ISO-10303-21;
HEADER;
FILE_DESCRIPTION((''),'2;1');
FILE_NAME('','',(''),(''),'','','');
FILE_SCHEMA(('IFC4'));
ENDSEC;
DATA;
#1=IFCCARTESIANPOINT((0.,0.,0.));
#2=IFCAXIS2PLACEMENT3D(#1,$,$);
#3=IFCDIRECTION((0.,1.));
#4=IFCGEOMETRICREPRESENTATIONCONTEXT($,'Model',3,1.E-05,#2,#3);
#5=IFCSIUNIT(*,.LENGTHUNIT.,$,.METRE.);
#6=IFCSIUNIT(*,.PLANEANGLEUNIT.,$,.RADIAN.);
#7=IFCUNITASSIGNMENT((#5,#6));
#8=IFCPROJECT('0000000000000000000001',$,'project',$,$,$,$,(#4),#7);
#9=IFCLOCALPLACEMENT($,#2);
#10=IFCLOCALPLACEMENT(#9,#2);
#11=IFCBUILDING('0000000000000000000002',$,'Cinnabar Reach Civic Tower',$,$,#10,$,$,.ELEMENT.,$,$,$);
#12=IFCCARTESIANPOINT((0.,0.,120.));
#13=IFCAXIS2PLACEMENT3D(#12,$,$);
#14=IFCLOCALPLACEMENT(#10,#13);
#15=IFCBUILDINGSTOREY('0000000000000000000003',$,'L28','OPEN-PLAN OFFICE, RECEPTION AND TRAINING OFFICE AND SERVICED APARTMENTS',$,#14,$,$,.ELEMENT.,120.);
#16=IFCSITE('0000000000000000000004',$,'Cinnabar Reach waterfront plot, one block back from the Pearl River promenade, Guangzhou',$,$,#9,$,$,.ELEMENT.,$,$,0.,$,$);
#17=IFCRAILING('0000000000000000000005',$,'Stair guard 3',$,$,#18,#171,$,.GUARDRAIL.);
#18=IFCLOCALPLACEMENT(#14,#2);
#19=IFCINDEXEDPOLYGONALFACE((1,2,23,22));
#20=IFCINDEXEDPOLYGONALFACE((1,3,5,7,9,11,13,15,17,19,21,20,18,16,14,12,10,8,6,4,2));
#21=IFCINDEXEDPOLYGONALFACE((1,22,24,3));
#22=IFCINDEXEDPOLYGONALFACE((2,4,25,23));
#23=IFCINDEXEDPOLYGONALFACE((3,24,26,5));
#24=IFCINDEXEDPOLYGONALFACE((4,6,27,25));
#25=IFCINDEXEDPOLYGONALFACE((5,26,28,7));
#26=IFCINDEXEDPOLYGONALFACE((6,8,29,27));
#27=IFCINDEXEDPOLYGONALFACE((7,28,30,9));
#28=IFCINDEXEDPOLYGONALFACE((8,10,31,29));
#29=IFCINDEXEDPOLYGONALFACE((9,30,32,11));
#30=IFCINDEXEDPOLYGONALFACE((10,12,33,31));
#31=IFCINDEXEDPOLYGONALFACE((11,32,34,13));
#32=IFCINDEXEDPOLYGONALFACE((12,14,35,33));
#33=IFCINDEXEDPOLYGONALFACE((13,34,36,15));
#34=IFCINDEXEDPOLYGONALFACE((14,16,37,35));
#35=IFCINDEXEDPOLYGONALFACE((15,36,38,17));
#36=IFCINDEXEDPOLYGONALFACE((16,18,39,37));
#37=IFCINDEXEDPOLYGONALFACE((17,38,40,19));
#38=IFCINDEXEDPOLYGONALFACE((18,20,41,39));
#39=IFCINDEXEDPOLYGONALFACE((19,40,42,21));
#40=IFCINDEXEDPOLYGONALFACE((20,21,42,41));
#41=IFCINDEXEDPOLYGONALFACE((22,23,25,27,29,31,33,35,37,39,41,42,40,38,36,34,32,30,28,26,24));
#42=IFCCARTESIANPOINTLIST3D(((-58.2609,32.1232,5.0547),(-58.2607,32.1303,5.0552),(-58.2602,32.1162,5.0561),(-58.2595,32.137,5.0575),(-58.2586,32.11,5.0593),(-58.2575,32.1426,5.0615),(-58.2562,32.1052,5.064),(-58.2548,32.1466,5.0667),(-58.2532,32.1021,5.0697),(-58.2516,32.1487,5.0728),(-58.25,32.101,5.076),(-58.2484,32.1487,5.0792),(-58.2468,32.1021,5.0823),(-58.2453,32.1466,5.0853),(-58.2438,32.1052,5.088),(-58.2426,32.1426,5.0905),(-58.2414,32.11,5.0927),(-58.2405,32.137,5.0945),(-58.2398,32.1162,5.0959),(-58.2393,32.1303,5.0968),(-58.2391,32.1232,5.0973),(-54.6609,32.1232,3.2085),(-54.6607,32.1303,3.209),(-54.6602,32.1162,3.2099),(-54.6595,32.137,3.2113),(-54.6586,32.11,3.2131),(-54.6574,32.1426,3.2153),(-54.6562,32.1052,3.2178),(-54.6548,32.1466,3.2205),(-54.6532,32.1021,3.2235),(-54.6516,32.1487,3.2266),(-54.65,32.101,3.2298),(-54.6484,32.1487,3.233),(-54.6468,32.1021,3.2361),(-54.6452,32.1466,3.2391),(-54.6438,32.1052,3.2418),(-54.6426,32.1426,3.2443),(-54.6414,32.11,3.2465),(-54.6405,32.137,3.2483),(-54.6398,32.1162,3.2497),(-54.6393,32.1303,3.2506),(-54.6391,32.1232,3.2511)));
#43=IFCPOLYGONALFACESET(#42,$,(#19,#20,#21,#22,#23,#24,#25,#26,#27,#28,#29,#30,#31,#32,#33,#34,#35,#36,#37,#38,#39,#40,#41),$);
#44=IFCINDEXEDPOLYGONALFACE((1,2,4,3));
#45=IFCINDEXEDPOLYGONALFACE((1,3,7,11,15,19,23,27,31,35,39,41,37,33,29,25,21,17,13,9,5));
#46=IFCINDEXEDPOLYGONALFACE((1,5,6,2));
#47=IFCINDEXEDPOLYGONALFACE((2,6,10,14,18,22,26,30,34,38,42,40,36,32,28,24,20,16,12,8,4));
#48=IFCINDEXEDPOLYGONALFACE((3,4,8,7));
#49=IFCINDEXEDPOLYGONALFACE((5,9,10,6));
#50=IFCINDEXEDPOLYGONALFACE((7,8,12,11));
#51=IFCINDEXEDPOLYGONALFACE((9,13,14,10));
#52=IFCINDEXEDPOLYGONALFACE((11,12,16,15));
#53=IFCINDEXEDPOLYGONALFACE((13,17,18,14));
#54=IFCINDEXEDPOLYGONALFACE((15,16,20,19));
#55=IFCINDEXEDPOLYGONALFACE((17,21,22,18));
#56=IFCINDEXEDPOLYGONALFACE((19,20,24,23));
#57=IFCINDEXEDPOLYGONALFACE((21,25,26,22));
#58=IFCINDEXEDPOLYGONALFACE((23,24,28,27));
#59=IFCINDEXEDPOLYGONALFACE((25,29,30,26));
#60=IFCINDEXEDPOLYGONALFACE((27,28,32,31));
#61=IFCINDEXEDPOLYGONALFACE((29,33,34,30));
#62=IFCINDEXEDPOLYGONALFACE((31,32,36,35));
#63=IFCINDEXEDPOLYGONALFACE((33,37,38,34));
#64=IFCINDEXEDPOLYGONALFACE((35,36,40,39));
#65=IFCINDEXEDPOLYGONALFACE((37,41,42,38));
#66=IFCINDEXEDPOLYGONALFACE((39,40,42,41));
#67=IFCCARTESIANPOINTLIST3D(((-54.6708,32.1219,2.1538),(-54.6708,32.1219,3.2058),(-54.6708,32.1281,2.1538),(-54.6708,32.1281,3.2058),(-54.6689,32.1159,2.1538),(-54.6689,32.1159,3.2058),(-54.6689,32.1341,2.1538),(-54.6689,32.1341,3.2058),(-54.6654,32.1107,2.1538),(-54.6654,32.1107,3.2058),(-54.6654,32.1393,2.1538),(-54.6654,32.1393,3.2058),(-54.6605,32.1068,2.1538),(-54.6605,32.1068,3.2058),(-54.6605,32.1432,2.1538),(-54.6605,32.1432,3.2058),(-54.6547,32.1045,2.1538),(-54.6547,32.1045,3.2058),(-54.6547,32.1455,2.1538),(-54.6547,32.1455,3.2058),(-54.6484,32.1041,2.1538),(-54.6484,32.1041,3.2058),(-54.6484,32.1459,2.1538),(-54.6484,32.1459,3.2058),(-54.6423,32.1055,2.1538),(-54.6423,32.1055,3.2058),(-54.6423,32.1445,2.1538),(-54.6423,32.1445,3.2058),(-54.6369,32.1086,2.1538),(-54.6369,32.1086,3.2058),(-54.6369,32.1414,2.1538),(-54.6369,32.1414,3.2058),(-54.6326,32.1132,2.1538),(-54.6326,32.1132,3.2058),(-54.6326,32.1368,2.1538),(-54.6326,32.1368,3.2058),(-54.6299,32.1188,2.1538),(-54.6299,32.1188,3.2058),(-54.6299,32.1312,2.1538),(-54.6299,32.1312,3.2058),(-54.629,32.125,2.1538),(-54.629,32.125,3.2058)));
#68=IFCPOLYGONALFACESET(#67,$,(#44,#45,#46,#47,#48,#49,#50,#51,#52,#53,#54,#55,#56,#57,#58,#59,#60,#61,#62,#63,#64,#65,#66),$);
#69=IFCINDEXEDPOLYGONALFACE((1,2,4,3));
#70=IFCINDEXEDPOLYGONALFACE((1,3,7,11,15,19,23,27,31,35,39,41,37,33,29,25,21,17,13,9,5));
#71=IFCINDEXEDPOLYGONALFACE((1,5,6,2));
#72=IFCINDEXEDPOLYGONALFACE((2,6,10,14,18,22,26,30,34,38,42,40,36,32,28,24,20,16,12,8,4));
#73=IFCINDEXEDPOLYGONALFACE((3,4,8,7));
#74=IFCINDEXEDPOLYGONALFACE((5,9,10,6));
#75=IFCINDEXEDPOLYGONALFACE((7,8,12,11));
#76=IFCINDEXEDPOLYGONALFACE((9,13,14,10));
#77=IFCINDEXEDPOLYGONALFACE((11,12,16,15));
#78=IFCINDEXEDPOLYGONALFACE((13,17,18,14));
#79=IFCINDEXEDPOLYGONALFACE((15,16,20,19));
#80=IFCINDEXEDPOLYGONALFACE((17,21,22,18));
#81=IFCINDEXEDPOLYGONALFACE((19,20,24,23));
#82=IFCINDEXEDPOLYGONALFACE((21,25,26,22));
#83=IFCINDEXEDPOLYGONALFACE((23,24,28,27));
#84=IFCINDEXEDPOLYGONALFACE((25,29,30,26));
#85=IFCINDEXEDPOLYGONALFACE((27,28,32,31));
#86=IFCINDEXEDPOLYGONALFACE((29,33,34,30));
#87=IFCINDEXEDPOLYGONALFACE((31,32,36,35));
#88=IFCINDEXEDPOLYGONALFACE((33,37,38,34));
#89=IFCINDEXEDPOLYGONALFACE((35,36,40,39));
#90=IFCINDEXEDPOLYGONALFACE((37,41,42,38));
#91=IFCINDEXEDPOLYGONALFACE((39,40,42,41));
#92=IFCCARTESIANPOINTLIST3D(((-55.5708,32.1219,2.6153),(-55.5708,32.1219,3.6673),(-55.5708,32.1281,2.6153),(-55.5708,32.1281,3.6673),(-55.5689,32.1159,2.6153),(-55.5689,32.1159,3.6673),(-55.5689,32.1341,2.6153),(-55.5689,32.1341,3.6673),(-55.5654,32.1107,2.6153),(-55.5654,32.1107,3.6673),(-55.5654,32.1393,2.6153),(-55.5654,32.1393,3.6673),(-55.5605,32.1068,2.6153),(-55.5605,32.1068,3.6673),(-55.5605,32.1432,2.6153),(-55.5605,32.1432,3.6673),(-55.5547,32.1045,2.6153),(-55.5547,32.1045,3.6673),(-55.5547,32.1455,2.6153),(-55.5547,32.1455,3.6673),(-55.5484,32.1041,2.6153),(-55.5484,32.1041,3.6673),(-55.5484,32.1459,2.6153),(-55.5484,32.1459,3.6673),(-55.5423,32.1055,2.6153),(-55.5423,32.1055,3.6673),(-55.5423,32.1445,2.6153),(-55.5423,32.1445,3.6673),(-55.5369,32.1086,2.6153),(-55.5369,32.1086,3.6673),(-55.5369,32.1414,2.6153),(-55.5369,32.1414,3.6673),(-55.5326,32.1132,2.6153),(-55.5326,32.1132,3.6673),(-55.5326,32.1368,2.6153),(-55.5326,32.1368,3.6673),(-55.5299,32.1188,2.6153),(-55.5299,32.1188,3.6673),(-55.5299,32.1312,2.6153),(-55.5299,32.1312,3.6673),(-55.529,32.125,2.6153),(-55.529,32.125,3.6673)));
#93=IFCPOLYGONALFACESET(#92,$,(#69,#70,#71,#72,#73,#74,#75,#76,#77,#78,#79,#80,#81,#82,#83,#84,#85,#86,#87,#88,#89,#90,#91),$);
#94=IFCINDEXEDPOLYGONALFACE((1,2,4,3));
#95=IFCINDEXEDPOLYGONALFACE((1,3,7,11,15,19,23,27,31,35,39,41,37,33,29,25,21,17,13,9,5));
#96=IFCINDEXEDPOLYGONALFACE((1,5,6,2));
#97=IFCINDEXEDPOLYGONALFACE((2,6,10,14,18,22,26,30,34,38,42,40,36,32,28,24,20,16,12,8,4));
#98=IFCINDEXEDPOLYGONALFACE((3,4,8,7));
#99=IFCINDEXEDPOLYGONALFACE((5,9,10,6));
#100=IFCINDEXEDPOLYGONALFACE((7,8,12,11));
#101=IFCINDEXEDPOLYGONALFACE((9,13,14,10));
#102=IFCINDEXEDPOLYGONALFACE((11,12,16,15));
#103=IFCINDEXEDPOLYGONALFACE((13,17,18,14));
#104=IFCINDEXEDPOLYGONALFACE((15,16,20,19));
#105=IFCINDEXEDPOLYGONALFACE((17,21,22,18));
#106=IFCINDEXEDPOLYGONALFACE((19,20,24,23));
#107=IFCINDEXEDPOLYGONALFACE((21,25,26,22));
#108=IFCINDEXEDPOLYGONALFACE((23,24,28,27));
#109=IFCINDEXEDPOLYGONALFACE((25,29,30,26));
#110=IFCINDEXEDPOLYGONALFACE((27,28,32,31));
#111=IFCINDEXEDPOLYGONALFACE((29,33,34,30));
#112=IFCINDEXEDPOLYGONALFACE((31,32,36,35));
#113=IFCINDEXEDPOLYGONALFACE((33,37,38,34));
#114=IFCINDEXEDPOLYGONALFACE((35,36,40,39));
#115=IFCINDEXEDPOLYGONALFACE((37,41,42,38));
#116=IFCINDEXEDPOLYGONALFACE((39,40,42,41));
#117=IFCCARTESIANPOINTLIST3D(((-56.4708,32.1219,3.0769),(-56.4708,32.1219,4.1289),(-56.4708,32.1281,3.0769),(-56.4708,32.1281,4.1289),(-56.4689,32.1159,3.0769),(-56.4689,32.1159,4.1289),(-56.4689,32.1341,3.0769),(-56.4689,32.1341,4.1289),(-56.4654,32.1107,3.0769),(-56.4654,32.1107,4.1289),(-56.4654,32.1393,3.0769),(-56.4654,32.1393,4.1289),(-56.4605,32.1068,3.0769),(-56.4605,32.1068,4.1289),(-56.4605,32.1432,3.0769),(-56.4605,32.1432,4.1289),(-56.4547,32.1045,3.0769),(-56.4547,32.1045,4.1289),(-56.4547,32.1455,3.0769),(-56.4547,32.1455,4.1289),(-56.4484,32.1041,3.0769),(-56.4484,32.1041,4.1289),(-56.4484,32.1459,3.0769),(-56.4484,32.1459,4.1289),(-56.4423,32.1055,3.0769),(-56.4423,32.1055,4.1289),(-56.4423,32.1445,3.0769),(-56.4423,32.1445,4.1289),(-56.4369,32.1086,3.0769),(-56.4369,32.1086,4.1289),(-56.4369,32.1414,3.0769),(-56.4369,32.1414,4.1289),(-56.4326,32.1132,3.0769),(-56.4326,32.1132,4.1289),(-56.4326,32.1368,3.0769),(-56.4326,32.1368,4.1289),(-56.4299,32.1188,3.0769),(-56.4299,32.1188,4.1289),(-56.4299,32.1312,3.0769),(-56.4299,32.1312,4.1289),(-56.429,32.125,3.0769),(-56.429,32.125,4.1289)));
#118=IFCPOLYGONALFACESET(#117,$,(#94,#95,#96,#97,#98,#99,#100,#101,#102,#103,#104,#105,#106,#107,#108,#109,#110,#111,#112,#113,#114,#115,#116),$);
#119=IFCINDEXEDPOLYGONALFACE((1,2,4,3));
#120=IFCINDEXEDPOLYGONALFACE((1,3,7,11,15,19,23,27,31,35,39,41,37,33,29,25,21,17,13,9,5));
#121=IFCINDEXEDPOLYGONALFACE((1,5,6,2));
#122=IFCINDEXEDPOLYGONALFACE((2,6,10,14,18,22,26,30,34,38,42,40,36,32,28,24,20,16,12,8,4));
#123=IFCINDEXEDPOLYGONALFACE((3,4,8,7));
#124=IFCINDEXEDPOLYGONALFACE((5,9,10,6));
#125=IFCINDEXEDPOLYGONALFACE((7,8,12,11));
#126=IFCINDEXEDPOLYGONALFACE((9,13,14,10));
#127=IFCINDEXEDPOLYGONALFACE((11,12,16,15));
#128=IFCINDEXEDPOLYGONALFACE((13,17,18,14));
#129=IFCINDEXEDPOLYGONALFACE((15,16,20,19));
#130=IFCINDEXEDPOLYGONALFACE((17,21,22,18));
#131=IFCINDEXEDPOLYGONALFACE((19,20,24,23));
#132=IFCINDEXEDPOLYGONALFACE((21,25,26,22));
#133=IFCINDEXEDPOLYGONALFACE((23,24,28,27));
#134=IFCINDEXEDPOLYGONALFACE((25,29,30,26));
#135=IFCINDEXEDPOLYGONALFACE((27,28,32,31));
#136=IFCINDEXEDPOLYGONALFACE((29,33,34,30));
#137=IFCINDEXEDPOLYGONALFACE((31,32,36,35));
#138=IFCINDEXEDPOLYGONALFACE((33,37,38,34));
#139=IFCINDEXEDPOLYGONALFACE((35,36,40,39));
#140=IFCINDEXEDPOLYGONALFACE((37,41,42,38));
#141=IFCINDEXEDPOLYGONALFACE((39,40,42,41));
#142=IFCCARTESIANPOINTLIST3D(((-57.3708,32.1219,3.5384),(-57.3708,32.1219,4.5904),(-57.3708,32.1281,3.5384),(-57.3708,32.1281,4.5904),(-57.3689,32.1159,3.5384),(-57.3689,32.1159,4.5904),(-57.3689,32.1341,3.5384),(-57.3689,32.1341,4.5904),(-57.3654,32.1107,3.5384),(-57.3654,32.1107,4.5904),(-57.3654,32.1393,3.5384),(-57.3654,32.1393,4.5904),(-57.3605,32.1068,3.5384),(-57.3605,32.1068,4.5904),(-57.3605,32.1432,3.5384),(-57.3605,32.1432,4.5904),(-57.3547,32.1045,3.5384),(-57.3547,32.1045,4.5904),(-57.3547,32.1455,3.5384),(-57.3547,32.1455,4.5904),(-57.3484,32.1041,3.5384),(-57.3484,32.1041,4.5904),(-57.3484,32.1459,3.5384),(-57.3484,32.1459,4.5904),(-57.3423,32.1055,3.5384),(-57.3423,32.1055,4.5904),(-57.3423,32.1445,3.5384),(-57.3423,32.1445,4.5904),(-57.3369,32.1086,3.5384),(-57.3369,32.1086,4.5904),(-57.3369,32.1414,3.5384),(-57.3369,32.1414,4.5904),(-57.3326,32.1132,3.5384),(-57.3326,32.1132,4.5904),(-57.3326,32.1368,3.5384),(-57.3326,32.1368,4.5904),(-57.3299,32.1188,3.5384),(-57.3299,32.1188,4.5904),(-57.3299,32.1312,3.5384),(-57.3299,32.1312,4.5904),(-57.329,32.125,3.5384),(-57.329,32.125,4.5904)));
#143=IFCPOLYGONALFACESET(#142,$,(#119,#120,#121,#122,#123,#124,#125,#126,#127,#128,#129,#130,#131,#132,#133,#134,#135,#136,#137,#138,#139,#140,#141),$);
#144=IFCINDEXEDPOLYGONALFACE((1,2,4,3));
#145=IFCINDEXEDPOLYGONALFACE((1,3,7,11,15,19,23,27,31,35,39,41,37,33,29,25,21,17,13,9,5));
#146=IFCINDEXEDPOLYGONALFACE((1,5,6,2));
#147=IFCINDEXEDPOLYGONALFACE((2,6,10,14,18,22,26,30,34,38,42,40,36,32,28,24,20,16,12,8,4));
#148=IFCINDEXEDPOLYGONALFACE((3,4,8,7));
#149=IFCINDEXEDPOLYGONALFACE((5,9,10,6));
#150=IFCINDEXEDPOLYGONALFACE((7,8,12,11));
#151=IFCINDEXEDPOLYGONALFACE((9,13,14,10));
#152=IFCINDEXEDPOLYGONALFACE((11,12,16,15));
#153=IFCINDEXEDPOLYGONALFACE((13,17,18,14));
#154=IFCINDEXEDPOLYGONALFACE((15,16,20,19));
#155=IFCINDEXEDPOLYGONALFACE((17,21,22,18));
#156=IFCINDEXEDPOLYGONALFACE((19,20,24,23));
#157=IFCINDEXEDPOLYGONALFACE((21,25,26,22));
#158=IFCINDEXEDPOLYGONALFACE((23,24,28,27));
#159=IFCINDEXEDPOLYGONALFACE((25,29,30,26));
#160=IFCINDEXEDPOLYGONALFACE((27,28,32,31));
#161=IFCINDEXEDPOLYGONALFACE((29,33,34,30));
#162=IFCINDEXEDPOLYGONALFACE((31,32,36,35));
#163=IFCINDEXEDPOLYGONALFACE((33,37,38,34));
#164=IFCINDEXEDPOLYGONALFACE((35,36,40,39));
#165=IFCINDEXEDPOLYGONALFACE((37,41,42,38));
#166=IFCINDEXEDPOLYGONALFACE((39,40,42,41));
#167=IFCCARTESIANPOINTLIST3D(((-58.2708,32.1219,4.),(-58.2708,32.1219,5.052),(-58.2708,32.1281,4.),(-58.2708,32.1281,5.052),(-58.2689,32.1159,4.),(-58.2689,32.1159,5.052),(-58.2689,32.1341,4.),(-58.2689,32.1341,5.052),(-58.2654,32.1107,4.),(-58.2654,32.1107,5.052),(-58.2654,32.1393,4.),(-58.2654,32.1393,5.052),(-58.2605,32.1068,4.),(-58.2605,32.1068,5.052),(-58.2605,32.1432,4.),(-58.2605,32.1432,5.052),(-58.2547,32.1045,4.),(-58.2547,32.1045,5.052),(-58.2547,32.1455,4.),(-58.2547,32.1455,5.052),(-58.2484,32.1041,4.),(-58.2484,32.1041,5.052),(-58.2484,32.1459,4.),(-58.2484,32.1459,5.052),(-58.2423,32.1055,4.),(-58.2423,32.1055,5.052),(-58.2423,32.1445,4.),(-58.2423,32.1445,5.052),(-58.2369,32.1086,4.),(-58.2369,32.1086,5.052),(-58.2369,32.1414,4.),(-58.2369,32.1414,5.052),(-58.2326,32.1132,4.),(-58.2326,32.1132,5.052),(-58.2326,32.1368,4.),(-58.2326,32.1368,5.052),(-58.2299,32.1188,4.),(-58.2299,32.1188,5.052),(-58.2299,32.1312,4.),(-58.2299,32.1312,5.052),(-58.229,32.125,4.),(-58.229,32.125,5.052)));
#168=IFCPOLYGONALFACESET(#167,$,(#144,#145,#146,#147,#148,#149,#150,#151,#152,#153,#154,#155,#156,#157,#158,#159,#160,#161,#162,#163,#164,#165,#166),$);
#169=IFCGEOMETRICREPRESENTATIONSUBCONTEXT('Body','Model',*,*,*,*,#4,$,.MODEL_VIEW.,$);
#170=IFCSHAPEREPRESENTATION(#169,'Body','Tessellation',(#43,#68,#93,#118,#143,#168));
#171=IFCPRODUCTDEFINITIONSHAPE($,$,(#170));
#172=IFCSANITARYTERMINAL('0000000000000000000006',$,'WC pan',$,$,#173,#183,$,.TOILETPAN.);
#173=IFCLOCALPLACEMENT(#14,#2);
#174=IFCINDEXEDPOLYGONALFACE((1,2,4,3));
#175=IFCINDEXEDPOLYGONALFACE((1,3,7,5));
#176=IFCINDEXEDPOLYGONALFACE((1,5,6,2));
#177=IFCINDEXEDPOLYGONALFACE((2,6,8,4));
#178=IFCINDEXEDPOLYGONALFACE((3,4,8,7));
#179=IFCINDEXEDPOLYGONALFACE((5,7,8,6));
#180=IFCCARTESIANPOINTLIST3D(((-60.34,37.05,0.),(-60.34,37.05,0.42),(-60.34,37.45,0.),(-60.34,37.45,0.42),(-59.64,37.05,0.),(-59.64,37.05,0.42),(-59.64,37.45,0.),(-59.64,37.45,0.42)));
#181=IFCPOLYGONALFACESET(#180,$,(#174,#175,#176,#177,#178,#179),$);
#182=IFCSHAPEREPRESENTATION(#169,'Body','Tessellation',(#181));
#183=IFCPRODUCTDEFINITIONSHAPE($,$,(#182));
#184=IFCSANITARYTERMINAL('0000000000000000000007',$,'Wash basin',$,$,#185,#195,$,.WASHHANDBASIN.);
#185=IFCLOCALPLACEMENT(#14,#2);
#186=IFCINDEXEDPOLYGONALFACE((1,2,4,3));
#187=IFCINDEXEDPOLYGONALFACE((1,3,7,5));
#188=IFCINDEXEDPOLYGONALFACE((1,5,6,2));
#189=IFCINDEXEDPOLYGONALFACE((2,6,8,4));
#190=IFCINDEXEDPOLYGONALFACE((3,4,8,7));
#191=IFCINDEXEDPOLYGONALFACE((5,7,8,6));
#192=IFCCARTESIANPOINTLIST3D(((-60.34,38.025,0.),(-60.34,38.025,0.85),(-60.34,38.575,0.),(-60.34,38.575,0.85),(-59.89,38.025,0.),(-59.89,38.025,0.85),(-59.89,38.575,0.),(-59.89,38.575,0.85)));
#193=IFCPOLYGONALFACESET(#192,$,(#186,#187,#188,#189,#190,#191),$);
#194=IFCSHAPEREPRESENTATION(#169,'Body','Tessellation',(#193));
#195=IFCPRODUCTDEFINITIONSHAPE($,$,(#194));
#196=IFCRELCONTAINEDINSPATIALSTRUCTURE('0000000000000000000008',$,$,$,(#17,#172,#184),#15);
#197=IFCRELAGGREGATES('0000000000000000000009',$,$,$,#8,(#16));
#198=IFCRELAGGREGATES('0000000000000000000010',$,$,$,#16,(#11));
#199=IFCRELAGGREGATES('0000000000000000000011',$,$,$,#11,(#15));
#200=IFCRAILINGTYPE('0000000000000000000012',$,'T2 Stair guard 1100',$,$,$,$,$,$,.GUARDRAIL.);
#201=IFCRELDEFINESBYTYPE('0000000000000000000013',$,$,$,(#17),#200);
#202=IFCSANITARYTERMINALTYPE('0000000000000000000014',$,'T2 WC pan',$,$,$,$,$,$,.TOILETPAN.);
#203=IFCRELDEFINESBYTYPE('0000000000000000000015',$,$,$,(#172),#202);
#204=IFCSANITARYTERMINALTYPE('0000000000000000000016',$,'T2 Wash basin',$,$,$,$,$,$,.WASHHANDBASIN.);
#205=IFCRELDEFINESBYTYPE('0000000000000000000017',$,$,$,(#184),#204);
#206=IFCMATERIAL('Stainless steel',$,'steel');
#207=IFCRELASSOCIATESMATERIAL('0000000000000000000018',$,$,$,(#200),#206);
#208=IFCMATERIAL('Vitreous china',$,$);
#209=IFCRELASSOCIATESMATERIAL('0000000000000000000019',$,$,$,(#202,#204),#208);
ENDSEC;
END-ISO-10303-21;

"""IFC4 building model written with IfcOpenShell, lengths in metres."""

from ifc_helpers import new_model, si_unit, direction, frame, origin, origin_2d, place, context, subcontext, project, spatial, rectangle, circle, extrude, material, type_object, element, save


model = new_model("IFC4")

# Units and contexts
model_context = context("Model", 3, precision=1e-05, world=origin(), true_north=direction((0.0, 1.0)))
body_context = subcontext(model_context, "Body", "Model", "MODEL_VIEW")
ifc_project = project(units=[si_unit("LENGTHUNIT", "METRE"), si_unit("PLANEANGLEUNIT", "RADIAN")], contexts=[model_context])

# Site, building, storey
site_placement = place(None, origin())
site = spatial("IfcSite", under=ifc_project, at=site_placement, Name="Cinnabar Reach waterfront plot, one block back from the Pearl River promenade, Guangzhou", CompositionType="ELEMENT", RefElevation=0.0)
building_placement = place(site_placement, origin())
building = spatial("IfcBuilding", under=site, at=building_placement, Name="Cinnabar Reach Civic Tower", CompositionType="ELEMENT")
storey_placement = place(building_placement, frame((0.0, 0.0, 120.0)))
storey = spatial("IfcBuildingStorey", under=building, at=storey_placement, Name="L28", Description="OPEN-PLAN OFFICE, RECEPTION AND TRAINING OFFICE AND SERVICED APARTMENTS", CompositionType="ELEMENT", Elevation=120.0)

# Railing
ifc_material_1 = material(Name="Stainless steel", Category="steel")
railing_type = type_object("IfcRailingType", Name="T2 Stair guard 1100", PredefinedType="GUARDRAIL", material=ifc_material_1)
railing_1_placement = place(storey_placement, frame((-54.65, 32.125, 2.1538)))
element("IfcRailing", 1, at=railing_1_placement, inside=storey, type_object=railing_type, Name="Stair guard 3", PredefinedType="GUARDRAIL", context=body_context, shape_type="SweptSolid", body=[
    extrude(circle(Radius=0.024, at=origin_2d()), frame((0.0, 0.0, 1.076), z_axis=(-0.889813, 0.0, 0.456326), x_axis=(0.0, -1.0, 0.0)), (0.0, 0.0, 1.0), 4.0458),
    extrude(circle(Radius=0.021, at=origin_2d()), origin(), (0.0, 0.0, 1.0), 1.052),
    extrude(circle(Radius=0.021, at=origin_2d()), frame((-0.9, 0.0, 0.4615)), (0.0, 0.0, 1.0), 1.052),
    extrude(circle(Radius=0.021, at=origin_2d()), frame((-1.8, 0.0, 0.9231)), (0.0, 0.0, 1.0), 1.052),
    extrude(circle(Radius=0.021, at=origin_2d()), frame((-2.7, 0.0, 1.3846)), (0.0, 0.0, 1.0), 1.052),
    extrude(circle(Radius=0.021, at=origin_2d()), frame((-3.6, 0.0, 1.8462)), (0.0, 0.0, 1.0), 1.052),
])

# Sanitary terminals
ifc_material_2 = material(Name="Vitreous china")
sanitary_terminal_type_1 = type_object("IfcSanitaryTerminalType", Name="T2 WC pan", PredefinedType="TOILETPAN", material=ifc_material_2)
sanitary_terminal_1_placement = place(storey_placement, frame((-59.99, 37.25, 0.0), z_axis=(0.0, 0.0, 1.0), x_axis=(1.0, 0.0, 0.0)))
element("IfcSanitaryTerminal", 2, at=sanitary_terminal_1_placement, inside=storey, type_object=sanitary_terminal_type_1, Name="WC pan", PredefinedType="TOILETPAN", context=body_context, shape_type="SweptSolid", body=[
    extrude(rectangle(XDim=0.7, YDim=0.4, at=origin_2d()), origin(), (0.0, 0.0, 1.0), 0.42),
])
sanitary_terminal_type_2 = type_object("IfcSanitaryTerminalType", Name="T2 Wash basin", PredefinedType="WASHHANDBASIN", material=ifc_material_2)
sanitary_terminal_2_placement = place(storey_placement, frame((-60.115, 38.3, 0.0), z_axis=(0.0, 0.0, 1.0), x_axis=(1.0, 0.0, 0.0)))
element("IfcSanitaryTerminal", 3, at=sanitary_terminal_2_placement, inside=storey, type_object=sanitary_terminal_type_2, Name="Wash basin", PredefinedType="WASHHANDBASIN", context=body_context, shape_type="SweptSolid", body=[
    extrude(rectangle(XDim=0.45, YDim=0.55, at=origin_2d()), origin(), (0.0, 0.0, 1.0), 0.85),
])

save(model, "model.ifc")
